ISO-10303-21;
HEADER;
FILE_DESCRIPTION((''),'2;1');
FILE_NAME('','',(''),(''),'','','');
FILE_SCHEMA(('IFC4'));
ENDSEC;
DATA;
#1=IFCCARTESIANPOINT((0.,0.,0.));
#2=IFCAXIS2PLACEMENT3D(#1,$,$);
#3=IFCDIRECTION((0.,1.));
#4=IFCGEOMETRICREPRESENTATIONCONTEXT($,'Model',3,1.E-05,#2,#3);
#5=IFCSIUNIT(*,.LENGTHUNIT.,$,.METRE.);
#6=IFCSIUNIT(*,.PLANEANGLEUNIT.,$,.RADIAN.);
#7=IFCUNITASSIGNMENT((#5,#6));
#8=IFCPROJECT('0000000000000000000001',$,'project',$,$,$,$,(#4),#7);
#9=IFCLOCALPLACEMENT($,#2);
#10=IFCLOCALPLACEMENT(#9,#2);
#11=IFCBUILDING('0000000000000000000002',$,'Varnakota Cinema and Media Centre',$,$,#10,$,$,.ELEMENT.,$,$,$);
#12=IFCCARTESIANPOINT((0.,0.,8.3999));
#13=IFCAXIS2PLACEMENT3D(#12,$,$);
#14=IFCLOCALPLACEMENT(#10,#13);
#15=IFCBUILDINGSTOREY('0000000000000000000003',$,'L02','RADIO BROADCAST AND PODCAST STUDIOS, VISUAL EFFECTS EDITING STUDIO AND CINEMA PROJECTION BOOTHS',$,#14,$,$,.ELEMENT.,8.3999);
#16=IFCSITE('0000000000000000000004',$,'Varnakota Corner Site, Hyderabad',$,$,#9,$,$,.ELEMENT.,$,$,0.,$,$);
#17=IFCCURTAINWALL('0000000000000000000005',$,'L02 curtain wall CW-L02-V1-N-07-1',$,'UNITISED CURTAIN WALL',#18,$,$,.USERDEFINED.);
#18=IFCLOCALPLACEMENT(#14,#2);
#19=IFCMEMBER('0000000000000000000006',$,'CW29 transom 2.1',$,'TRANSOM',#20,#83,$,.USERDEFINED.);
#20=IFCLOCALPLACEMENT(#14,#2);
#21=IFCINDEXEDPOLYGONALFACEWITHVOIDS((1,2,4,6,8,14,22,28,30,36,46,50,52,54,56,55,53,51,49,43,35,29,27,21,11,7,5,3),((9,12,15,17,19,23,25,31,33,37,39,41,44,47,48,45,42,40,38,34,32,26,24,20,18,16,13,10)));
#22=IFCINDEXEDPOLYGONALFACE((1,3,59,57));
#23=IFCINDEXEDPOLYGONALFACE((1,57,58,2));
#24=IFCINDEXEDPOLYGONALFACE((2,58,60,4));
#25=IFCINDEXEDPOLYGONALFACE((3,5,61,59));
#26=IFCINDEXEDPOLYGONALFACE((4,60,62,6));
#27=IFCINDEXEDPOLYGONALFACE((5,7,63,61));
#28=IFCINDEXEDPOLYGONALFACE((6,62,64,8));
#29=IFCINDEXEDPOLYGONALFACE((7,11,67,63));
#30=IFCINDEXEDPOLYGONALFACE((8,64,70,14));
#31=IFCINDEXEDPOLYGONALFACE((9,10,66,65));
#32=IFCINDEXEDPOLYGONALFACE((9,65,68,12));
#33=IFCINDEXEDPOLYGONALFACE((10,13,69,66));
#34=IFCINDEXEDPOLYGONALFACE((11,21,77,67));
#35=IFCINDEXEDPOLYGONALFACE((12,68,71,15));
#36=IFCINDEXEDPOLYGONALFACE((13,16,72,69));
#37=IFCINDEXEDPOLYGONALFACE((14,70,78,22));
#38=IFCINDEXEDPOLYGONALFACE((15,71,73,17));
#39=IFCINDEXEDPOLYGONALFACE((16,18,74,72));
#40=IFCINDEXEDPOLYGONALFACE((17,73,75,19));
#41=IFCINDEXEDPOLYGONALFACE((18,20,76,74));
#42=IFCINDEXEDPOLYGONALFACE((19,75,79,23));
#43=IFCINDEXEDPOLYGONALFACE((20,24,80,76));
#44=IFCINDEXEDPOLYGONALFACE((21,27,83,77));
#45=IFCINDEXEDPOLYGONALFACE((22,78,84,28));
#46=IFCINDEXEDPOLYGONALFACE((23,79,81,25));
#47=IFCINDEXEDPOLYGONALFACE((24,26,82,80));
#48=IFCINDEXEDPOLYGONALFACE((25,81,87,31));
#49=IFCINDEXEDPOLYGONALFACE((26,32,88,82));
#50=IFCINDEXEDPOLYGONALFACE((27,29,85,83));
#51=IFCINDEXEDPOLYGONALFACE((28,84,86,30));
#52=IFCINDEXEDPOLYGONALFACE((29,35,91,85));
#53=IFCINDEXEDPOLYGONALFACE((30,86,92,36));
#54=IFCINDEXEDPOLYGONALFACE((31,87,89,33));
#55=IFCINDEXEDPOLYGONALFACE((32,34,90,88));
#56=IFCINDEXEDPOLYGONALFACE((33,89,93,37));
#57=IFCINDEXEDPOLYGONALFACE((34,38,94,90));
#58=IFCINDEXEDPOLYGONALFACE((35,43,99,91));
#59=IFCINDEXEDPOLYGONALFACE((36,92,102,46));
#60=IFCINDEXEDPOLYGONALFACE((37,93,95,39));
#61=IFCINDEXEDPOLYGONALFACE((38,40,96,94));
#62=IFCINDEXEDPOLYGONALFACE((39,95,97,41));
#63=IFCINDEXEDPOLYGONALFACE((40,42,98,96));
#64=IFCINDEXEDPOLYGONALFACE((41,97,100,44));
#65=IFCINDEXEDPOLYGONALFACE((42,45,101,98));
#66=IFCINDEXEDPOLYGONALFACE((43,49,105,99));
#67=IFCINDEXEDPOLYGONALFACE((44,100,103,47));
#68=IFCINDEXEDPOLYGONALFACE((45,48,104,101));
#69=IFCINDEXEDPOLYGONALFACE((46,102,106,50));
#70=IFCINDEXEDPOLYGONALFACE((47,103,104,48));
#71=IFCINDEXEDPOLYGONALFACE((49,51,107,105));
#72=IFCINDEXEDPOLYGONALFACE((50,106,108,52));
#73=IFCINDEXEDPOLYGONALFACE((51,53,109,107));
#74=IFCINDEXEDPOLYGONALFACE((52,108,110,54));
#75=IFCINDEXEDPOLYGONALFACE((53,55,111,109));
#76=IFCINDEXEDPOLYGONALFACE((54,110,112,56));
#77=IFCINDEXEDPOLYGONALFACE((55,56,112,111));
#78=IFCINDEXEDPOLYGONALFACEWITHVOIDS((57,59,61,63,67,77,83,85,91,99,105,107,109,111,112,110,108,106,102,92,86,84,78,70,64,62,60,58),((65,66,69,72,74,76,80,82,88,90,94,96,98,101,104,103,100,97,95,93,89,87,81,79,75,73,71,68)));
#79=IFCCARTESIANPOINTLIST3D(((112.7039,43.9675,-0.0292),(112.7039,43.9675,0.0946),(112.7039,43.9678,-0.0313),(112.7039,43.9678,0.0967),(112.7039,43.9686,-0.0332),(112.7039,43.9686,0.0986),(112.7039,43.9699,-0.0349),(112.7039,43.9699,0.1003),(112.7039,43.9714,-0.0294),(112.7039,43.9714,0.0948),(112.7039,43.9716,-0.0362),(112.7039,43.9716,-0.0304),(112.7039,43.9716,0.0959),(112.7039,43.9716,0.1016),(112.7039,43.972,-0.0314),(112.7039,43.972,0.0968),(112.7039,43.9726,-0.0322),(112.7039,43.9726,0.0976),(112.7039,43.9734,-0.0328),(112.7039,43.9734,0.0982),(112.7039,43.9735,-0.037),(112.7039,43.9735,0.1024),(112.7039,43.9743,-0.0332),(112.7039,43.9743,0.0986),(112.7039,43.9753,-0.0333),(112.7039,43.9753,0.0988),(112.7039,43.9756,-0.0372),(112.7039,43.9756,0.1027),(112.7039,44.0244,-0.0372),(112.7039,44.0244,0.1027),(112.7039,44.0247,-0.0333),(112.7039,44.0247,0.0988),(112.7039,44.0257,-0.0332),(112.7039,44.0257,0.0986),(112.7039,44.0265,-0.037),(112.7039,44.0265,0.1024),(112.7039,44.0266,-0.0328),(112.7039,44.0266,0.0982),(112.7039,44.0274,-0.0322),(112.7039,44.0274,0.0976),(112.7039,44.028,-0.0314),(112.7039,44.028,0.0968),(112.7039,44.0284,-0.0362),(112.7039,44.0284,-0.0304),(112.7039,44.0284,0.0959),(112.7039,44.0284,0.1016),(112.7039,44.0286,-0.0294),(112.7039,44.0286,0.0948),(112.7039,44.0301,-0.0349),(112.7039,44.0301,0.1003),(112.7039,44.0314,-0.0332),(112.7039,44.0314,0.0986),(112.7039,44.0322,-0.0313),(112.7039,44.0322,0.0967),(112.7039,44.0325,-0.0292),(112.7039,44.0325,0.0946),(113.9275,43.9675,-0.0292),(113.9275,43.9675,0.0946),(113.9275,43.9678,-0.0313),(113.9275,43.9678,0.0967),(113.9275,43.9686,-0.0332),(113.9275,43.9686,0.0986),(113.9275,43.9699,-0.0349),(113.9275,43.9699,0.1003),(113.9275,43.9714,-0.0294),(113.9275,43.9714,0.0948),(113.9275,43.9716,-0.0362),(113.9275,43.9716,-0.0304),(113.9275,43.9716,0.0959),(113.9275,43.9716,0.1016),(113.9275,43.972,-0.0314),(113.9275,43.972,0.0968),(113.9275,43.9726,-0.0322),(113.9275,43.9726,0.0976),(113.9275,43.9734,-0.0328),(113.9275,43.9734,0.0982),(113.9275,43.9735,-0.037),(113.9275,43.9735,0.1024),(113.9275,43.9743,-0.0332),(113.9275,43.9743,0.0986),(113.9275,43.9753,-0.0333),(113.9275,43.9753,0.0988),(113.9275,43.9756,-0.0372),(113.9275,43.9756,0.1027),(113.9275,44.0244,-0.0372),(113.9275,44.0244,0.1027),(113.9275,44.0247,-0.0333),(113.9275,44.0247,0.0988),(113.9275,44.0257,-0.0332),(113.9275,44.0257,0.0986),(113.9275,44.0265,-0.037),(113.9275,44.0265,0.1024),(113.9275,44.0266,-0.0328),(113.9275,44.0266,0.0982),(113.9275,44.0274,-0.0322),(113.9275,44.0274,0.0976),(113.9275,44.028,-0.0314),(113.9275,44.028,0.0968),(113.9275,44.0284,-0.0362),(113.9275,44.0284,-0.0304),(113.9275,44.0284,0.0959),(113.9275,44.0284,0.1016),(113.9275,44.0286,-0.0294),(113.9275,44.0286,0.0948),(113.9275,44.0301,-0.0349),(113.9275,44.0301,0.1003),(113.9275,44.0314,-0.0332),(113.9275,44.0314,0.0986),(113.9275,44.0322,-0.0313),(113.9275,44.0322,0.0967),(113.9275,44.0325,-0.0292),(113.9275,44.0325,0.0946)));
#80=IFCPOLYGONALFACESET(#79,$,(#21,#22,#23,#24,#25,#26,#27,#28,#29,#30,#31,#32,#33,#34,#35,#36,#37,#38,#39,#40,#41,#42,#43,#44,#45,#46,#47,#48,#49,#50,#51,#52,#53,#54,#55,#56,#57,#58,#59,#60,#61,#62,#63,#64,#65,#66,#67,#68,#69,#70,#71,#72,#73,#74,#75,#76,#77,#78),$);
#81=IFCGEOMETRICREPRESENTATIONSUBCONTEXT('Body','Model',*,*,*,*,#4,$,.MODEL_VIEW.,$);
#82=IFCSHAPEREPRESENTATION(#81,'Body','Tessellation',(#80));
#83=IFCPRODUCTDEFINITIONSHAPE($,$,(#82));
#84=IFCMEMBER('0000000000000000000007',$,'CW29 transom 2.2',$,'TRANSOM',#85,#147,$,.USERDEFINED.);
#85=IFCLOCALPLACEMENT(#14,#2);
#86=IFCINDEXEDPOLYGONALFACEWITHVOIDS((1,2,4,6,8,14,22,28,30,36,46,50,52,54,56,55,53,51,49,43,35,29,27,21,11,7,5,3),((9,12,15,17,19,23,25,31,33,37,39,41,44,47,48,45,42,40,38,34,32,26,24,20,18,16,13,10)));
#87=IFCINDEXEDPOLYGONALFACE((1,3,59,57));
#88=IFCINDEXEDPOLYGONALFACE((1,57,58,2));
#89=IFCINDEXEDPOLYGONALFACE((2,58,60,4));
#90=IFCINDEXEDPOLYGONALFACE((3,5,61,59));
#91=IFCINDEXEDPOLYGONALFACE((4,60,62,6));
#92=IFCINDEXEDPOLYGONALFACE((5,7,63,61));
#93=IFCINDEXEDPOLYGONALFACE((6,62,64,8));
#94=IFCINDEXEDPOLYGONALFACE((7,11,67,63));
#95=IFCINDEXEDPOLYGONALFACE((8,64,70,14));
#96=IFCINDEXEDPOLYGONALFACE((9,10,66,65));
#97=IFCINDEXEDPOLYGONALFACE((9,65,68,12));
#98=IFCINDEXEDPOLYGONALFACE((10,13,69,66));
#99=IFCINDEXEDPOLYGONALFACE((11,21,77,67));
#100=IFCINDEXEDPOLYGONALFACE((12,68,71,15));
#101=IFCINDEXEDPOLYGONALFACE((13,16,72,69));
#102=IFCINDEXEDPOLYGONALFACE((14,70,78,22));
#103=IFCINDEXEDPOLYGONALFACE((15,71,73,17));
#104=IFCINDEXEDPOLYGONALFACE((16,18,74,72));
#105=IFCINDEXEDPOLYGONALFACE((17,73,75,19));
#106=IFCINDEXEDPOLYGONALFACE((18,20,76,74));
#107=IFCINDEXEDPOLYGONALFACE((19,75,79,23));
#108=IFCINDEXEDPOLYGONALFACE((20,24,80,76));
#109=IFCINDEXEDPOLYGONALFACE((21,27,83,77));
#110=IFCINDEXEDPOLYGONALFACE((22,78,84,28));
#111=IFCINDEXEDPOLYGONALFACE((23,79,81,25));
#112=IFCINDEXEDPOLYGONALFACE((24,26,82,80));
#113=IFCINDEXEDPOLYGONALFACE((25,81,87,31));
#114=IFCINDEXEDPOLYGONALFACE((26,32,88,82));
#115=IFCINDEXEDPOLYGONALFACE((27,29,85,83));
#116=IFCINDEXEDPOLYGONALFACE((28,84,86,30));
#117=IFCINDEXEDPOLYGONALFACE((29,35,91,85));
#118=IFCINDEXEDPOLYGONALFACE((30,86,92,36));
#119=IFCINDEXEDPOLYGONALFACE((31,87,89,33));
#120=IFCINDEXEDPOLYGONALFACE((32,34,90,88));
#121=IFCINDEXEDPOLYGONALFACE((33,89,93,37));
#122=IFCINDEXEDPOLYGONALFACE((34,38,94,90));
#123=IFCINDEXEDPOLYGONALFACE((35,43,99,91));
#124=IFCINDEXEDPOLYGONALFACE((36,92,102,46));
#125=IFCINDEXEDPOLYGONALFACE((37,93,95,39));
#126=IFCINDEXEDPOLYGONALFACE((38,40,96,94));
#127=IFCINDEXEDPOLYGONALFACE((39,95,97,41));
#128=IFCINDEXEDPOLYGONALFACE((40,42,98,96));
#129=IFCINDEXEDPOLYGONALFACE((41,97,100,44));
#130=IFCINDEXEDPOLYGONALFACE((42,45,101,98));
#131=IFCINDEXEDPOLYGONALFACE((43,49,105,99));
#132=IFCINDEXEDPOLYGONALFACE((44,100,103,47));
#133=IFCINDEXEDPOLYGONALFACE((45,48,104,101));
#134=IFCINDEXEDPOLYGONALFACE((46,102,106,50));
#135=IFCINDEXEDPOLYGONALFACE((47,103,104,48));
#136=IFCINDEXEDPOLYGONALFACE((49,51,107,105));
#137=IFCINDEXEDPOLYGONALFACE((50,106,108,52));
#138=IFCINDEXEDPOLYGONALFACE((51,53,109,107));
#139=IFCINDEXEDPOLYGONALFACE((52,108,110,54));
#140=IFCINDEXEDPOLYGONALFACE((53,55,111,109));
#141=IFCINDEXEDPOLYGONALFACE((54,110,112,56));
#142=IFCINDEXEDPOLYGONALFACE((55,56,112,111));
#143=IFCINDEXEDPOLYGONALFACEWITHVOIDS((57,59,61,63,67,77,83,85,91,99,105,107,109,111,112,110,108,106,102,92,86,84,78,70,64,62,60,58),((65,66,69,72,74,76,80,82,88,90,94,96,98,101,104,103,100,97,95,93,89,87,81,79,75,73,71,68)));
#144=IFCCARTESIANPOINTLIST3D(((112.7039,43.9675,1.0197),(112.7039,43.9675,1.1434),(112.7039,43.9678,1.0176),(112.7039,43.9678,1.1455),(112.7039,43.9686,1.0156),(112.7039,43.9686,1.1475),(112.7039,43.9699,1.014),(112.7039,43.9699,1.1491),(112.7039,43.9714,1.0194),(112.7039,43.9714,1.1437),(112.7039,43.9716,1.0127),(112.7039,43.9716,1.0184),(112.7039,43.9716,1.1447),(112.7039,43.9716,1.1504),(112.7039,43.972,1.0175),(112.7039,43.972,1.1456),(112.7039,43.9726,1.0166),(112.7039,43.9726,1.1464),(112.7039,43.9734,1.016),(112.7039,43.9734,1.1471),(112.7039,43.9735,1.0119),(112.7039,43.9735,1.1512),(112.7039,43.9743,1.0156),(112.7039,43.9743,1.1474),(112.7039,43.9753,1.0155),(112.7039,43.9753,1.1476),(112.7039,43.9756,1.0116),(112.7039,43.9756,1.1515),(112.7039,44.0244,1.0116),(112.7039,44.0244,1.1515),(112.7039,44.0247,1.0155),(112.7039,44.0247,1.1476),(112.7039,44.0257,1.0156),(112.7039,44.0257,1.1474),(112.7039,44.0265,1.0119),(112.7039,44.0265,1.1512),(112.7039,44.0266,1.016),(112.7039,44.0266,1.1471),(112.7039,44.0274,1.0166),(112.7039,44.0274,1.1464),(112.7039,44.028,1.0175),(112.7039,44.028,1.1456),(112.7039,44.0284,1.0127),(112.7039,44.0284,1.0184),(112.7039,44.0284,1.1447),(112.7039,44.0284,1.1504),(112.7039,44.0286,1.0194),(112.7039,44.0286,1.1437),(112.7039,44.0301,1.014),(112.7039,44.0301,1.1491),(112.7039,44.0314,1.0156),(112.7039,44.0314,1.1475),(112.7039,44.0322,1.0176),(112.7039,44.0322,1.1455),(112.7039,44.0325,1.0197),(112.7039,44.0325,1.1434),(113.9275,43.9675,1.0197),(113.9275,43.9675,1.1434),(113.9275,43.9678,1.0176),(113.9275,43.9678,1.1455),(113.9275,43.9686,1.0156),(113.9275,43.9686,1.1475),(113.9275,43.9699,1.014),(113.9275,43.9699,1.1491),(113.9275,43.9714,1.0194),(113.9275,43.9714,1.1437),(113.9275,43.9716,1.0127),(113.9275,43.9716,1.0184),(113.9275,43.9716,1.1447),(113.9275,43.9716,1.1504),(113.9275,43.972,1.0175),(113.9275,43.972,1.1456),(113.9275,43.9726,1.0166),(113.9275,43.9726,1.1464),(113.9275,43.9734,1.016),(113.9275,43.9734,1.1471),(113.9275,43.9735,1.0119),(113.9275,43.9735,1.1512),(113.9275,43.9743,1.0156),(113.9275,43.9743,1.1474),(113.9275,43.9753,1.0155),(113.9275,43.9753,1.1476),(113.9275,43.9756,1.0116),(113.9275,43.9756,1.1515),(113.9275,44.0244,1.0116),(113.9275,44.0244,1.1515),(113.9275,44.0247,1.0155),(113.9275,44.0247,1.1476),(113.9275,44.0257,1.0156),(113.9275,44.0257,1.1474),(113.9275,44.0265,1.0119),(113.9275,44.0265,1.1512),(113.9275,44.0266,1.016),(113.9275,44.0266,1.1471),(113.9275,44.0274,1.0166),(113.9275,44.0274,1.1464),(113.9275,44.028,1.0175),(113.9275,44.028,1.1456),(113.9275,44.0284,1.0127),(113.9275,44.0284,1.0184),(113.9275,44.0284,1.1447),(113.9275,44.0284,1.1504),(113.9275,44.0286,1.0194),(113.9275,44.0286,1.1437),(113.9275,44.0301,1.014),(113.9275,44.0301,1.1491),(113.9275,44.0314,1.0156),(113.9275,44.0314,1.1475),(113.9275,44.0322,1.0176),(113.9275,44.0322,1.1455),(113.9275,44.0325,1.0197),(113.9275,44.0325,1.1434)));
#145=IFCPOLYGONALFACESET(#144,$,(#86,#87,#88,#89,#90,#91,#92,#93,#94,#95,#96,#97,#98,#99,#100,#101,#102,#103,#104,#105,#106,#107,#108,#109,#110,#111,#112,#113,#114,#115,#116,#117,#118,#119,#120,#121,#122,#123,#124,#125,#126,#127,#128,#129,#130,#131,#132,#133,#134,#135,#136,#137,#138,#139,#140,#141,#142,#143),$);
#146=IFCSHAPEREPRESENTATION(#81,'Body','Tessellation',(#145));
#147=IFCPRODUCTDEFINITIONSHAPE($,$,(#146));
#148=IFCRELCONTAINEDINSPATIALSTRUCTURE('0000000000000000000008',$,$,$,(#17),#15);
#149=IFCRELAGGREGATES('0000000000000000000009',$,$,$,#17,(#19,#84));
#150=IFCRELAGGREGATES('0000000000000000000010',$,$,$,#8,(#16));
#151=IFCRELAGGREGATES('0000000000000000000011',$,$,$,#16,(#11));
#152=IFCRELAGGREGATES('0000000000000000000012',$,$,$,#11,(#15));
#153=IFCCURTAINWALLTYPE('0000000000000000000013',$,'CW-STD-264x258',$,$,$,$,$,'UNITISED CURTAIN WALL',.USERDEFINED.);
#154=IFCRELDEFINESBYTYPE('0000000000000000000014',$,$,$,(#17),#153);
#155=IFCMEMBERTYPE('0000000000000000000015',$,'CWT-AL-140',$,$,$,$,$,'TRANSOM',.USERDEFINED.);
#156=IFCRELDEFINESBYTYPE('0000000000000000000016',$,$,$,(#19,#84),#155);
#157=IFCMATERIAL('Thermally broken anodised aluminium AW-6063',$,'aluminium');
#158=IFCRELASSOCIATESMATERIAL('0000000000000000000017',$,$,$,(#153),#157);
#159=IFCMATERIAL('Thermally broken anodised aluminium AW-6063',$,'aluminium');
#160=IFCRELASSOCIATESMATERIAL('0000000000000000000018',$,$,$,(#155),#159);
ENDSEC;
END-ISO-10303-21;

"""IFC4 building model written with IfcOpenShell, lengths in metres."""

from ifc_helpers import new_model, si_unit, direction, frame, origin, origin_2d, place, context, subcontext, project, spatial, hollow_rectangle, extrude, material, material_profile, profile_set, type_object, element, aggregate, save


model = new_model("IFC4")

# Units and contexts
model_context = context("Model", 3, precision=1e-05, world=origin(), true_north=direction((0.0, 1.0)))
body_context = subcontext(model_context, "Body", "Model", "MODEL_VIEW")
ifc_project = project(units=[si_unit("LENGTHUNIT", "METRE"), si_unit("PLANEANGLEUNIT", "RADIAN")], contexts=[model_context])

# Site, building, storey
site_placement = place(None, origin())
site = spatial("IfcSite", under=ifc_project, at=site_placement, Name="Varnakota Corner Site, Hyderabad", CompositionType="ELEMENT", RefElevation=0.0)
building_placement = place(site_placement, origin())
building = spatial("IfcBuilding", under=site, at=building_placement, Name="Varnakota Cinema and Media Centre", CompositionType="ELEMENT")
storey_placement = place(building_placement, frame((0.0, 0.0, 8.3999)))
storey = spatial("IfcBuildingStorey", under=building, at=storey_placement, Name="L02", Description="RADIO BROADCAST AND PODCAST STUDIOS, VISUAL EFFECTS EDITING STUDIO AND CINEMA PROJECTION BOOTHS", CompositionType="ELEMENT", Elevation=8.3999)

# Curtain wall, members
ifc_material_1 = material(Name="Thermally broken anodised aluminium AW-6063", Category="aluminium")
curtain_wall_type = type_object("IfcCurtainWallType", Name="CW-STD-264x258", ElementType="UNITISED CURTAIN WALL", PredefinedType="USERDEFINED", material=ifc_material_1)
curtain_wall_placement = place(storey_placement, origin())
curtain_wall = element("IfcCurtainWall", 1, at=curtain_wall_placement, inside=storey, type_object=curtain_wall_type, Name="L02 curtain wall CW-L02-V1-N-07-1", ObjectType="UNITISED CURTAIN WALL", PredefinedType="USERDEFINED")
ifc_material_2 = material(Name="Thermally broken anodised aluminium AW-6063", Category="aluminium")
ifc_material_profile_1 = material_profile(ifc_material_2, hollow_rectangle(XDim=0.0649, YDim=0.1399, WallThickness=0.0039, InnerFilletRadius=0.0039, OuterFilletRadius=0.0081, at=origin_2d()), Name="AL-TRANSOM 140x65x4")
ifc_profile_set_1 = profile_set([ifc_material_profile_1], Name="Thermally broken anodised aluminium AW-6063")
member_type_1 = type_object("IfcMemberType", Name="CWT-AL-140", ElementType="TRANSOM", PredefinedType="USERDEFINED", material=ifc_profile_set_1)
member_1_placement = place(storey_placement, frame((112.7039, 44.0, 0.0327), z_axis=(1.0, 0.0, 0.0), x_axis=(0.0, 1.0, 0.0)))
member_1 = element("IfcMember", 2, at=member_1_placement, type_object=member_type_1, Name="CW29 transom 2.1", ObjectType="TRANSOM", PredefinedType="USERDEFINED", context=body_context, shape_type="SweptSolid", body=[
    extrude(hollow_rectangle(XDim=0.0649, YDim=0.1399, WallThickness=0.0039, InnerFilletRadius=0.0039, OuterFilletRadius=0.0081, at=origin_2d()), origin(), (0.0, 0.0, 1.0), 1.2236),
])
member_2_placement = place(storey_placement, frame((112.7039, 44.0, 1.0815), z_axis=(1.0, 0.0, 0.0), x_axis=(0.0, 1.0, 0.0)))
member_2 = element("IfcMember", 3, at=member_2_placement, type_object=member_type_1, Name="CW29 transom 2.2", ObjectType="TRANSOM", PredefinedType="USERDEFINED", context=body_context, shape_type="SweptSolid", body=[
    extrude(hollow_rectangle(XDim=0.0649, YDim=0.1399, WallThickness=0.0039, InnerFilletRadius=0.0039, OuterFilletRadius=0.0081, at=origin_2d()), origin(), (0.0, 0.0, 1.0), 1.2236),
])
aggregate(curtain_wall, [member_1, member_2])

save(model, "model.ifc")
